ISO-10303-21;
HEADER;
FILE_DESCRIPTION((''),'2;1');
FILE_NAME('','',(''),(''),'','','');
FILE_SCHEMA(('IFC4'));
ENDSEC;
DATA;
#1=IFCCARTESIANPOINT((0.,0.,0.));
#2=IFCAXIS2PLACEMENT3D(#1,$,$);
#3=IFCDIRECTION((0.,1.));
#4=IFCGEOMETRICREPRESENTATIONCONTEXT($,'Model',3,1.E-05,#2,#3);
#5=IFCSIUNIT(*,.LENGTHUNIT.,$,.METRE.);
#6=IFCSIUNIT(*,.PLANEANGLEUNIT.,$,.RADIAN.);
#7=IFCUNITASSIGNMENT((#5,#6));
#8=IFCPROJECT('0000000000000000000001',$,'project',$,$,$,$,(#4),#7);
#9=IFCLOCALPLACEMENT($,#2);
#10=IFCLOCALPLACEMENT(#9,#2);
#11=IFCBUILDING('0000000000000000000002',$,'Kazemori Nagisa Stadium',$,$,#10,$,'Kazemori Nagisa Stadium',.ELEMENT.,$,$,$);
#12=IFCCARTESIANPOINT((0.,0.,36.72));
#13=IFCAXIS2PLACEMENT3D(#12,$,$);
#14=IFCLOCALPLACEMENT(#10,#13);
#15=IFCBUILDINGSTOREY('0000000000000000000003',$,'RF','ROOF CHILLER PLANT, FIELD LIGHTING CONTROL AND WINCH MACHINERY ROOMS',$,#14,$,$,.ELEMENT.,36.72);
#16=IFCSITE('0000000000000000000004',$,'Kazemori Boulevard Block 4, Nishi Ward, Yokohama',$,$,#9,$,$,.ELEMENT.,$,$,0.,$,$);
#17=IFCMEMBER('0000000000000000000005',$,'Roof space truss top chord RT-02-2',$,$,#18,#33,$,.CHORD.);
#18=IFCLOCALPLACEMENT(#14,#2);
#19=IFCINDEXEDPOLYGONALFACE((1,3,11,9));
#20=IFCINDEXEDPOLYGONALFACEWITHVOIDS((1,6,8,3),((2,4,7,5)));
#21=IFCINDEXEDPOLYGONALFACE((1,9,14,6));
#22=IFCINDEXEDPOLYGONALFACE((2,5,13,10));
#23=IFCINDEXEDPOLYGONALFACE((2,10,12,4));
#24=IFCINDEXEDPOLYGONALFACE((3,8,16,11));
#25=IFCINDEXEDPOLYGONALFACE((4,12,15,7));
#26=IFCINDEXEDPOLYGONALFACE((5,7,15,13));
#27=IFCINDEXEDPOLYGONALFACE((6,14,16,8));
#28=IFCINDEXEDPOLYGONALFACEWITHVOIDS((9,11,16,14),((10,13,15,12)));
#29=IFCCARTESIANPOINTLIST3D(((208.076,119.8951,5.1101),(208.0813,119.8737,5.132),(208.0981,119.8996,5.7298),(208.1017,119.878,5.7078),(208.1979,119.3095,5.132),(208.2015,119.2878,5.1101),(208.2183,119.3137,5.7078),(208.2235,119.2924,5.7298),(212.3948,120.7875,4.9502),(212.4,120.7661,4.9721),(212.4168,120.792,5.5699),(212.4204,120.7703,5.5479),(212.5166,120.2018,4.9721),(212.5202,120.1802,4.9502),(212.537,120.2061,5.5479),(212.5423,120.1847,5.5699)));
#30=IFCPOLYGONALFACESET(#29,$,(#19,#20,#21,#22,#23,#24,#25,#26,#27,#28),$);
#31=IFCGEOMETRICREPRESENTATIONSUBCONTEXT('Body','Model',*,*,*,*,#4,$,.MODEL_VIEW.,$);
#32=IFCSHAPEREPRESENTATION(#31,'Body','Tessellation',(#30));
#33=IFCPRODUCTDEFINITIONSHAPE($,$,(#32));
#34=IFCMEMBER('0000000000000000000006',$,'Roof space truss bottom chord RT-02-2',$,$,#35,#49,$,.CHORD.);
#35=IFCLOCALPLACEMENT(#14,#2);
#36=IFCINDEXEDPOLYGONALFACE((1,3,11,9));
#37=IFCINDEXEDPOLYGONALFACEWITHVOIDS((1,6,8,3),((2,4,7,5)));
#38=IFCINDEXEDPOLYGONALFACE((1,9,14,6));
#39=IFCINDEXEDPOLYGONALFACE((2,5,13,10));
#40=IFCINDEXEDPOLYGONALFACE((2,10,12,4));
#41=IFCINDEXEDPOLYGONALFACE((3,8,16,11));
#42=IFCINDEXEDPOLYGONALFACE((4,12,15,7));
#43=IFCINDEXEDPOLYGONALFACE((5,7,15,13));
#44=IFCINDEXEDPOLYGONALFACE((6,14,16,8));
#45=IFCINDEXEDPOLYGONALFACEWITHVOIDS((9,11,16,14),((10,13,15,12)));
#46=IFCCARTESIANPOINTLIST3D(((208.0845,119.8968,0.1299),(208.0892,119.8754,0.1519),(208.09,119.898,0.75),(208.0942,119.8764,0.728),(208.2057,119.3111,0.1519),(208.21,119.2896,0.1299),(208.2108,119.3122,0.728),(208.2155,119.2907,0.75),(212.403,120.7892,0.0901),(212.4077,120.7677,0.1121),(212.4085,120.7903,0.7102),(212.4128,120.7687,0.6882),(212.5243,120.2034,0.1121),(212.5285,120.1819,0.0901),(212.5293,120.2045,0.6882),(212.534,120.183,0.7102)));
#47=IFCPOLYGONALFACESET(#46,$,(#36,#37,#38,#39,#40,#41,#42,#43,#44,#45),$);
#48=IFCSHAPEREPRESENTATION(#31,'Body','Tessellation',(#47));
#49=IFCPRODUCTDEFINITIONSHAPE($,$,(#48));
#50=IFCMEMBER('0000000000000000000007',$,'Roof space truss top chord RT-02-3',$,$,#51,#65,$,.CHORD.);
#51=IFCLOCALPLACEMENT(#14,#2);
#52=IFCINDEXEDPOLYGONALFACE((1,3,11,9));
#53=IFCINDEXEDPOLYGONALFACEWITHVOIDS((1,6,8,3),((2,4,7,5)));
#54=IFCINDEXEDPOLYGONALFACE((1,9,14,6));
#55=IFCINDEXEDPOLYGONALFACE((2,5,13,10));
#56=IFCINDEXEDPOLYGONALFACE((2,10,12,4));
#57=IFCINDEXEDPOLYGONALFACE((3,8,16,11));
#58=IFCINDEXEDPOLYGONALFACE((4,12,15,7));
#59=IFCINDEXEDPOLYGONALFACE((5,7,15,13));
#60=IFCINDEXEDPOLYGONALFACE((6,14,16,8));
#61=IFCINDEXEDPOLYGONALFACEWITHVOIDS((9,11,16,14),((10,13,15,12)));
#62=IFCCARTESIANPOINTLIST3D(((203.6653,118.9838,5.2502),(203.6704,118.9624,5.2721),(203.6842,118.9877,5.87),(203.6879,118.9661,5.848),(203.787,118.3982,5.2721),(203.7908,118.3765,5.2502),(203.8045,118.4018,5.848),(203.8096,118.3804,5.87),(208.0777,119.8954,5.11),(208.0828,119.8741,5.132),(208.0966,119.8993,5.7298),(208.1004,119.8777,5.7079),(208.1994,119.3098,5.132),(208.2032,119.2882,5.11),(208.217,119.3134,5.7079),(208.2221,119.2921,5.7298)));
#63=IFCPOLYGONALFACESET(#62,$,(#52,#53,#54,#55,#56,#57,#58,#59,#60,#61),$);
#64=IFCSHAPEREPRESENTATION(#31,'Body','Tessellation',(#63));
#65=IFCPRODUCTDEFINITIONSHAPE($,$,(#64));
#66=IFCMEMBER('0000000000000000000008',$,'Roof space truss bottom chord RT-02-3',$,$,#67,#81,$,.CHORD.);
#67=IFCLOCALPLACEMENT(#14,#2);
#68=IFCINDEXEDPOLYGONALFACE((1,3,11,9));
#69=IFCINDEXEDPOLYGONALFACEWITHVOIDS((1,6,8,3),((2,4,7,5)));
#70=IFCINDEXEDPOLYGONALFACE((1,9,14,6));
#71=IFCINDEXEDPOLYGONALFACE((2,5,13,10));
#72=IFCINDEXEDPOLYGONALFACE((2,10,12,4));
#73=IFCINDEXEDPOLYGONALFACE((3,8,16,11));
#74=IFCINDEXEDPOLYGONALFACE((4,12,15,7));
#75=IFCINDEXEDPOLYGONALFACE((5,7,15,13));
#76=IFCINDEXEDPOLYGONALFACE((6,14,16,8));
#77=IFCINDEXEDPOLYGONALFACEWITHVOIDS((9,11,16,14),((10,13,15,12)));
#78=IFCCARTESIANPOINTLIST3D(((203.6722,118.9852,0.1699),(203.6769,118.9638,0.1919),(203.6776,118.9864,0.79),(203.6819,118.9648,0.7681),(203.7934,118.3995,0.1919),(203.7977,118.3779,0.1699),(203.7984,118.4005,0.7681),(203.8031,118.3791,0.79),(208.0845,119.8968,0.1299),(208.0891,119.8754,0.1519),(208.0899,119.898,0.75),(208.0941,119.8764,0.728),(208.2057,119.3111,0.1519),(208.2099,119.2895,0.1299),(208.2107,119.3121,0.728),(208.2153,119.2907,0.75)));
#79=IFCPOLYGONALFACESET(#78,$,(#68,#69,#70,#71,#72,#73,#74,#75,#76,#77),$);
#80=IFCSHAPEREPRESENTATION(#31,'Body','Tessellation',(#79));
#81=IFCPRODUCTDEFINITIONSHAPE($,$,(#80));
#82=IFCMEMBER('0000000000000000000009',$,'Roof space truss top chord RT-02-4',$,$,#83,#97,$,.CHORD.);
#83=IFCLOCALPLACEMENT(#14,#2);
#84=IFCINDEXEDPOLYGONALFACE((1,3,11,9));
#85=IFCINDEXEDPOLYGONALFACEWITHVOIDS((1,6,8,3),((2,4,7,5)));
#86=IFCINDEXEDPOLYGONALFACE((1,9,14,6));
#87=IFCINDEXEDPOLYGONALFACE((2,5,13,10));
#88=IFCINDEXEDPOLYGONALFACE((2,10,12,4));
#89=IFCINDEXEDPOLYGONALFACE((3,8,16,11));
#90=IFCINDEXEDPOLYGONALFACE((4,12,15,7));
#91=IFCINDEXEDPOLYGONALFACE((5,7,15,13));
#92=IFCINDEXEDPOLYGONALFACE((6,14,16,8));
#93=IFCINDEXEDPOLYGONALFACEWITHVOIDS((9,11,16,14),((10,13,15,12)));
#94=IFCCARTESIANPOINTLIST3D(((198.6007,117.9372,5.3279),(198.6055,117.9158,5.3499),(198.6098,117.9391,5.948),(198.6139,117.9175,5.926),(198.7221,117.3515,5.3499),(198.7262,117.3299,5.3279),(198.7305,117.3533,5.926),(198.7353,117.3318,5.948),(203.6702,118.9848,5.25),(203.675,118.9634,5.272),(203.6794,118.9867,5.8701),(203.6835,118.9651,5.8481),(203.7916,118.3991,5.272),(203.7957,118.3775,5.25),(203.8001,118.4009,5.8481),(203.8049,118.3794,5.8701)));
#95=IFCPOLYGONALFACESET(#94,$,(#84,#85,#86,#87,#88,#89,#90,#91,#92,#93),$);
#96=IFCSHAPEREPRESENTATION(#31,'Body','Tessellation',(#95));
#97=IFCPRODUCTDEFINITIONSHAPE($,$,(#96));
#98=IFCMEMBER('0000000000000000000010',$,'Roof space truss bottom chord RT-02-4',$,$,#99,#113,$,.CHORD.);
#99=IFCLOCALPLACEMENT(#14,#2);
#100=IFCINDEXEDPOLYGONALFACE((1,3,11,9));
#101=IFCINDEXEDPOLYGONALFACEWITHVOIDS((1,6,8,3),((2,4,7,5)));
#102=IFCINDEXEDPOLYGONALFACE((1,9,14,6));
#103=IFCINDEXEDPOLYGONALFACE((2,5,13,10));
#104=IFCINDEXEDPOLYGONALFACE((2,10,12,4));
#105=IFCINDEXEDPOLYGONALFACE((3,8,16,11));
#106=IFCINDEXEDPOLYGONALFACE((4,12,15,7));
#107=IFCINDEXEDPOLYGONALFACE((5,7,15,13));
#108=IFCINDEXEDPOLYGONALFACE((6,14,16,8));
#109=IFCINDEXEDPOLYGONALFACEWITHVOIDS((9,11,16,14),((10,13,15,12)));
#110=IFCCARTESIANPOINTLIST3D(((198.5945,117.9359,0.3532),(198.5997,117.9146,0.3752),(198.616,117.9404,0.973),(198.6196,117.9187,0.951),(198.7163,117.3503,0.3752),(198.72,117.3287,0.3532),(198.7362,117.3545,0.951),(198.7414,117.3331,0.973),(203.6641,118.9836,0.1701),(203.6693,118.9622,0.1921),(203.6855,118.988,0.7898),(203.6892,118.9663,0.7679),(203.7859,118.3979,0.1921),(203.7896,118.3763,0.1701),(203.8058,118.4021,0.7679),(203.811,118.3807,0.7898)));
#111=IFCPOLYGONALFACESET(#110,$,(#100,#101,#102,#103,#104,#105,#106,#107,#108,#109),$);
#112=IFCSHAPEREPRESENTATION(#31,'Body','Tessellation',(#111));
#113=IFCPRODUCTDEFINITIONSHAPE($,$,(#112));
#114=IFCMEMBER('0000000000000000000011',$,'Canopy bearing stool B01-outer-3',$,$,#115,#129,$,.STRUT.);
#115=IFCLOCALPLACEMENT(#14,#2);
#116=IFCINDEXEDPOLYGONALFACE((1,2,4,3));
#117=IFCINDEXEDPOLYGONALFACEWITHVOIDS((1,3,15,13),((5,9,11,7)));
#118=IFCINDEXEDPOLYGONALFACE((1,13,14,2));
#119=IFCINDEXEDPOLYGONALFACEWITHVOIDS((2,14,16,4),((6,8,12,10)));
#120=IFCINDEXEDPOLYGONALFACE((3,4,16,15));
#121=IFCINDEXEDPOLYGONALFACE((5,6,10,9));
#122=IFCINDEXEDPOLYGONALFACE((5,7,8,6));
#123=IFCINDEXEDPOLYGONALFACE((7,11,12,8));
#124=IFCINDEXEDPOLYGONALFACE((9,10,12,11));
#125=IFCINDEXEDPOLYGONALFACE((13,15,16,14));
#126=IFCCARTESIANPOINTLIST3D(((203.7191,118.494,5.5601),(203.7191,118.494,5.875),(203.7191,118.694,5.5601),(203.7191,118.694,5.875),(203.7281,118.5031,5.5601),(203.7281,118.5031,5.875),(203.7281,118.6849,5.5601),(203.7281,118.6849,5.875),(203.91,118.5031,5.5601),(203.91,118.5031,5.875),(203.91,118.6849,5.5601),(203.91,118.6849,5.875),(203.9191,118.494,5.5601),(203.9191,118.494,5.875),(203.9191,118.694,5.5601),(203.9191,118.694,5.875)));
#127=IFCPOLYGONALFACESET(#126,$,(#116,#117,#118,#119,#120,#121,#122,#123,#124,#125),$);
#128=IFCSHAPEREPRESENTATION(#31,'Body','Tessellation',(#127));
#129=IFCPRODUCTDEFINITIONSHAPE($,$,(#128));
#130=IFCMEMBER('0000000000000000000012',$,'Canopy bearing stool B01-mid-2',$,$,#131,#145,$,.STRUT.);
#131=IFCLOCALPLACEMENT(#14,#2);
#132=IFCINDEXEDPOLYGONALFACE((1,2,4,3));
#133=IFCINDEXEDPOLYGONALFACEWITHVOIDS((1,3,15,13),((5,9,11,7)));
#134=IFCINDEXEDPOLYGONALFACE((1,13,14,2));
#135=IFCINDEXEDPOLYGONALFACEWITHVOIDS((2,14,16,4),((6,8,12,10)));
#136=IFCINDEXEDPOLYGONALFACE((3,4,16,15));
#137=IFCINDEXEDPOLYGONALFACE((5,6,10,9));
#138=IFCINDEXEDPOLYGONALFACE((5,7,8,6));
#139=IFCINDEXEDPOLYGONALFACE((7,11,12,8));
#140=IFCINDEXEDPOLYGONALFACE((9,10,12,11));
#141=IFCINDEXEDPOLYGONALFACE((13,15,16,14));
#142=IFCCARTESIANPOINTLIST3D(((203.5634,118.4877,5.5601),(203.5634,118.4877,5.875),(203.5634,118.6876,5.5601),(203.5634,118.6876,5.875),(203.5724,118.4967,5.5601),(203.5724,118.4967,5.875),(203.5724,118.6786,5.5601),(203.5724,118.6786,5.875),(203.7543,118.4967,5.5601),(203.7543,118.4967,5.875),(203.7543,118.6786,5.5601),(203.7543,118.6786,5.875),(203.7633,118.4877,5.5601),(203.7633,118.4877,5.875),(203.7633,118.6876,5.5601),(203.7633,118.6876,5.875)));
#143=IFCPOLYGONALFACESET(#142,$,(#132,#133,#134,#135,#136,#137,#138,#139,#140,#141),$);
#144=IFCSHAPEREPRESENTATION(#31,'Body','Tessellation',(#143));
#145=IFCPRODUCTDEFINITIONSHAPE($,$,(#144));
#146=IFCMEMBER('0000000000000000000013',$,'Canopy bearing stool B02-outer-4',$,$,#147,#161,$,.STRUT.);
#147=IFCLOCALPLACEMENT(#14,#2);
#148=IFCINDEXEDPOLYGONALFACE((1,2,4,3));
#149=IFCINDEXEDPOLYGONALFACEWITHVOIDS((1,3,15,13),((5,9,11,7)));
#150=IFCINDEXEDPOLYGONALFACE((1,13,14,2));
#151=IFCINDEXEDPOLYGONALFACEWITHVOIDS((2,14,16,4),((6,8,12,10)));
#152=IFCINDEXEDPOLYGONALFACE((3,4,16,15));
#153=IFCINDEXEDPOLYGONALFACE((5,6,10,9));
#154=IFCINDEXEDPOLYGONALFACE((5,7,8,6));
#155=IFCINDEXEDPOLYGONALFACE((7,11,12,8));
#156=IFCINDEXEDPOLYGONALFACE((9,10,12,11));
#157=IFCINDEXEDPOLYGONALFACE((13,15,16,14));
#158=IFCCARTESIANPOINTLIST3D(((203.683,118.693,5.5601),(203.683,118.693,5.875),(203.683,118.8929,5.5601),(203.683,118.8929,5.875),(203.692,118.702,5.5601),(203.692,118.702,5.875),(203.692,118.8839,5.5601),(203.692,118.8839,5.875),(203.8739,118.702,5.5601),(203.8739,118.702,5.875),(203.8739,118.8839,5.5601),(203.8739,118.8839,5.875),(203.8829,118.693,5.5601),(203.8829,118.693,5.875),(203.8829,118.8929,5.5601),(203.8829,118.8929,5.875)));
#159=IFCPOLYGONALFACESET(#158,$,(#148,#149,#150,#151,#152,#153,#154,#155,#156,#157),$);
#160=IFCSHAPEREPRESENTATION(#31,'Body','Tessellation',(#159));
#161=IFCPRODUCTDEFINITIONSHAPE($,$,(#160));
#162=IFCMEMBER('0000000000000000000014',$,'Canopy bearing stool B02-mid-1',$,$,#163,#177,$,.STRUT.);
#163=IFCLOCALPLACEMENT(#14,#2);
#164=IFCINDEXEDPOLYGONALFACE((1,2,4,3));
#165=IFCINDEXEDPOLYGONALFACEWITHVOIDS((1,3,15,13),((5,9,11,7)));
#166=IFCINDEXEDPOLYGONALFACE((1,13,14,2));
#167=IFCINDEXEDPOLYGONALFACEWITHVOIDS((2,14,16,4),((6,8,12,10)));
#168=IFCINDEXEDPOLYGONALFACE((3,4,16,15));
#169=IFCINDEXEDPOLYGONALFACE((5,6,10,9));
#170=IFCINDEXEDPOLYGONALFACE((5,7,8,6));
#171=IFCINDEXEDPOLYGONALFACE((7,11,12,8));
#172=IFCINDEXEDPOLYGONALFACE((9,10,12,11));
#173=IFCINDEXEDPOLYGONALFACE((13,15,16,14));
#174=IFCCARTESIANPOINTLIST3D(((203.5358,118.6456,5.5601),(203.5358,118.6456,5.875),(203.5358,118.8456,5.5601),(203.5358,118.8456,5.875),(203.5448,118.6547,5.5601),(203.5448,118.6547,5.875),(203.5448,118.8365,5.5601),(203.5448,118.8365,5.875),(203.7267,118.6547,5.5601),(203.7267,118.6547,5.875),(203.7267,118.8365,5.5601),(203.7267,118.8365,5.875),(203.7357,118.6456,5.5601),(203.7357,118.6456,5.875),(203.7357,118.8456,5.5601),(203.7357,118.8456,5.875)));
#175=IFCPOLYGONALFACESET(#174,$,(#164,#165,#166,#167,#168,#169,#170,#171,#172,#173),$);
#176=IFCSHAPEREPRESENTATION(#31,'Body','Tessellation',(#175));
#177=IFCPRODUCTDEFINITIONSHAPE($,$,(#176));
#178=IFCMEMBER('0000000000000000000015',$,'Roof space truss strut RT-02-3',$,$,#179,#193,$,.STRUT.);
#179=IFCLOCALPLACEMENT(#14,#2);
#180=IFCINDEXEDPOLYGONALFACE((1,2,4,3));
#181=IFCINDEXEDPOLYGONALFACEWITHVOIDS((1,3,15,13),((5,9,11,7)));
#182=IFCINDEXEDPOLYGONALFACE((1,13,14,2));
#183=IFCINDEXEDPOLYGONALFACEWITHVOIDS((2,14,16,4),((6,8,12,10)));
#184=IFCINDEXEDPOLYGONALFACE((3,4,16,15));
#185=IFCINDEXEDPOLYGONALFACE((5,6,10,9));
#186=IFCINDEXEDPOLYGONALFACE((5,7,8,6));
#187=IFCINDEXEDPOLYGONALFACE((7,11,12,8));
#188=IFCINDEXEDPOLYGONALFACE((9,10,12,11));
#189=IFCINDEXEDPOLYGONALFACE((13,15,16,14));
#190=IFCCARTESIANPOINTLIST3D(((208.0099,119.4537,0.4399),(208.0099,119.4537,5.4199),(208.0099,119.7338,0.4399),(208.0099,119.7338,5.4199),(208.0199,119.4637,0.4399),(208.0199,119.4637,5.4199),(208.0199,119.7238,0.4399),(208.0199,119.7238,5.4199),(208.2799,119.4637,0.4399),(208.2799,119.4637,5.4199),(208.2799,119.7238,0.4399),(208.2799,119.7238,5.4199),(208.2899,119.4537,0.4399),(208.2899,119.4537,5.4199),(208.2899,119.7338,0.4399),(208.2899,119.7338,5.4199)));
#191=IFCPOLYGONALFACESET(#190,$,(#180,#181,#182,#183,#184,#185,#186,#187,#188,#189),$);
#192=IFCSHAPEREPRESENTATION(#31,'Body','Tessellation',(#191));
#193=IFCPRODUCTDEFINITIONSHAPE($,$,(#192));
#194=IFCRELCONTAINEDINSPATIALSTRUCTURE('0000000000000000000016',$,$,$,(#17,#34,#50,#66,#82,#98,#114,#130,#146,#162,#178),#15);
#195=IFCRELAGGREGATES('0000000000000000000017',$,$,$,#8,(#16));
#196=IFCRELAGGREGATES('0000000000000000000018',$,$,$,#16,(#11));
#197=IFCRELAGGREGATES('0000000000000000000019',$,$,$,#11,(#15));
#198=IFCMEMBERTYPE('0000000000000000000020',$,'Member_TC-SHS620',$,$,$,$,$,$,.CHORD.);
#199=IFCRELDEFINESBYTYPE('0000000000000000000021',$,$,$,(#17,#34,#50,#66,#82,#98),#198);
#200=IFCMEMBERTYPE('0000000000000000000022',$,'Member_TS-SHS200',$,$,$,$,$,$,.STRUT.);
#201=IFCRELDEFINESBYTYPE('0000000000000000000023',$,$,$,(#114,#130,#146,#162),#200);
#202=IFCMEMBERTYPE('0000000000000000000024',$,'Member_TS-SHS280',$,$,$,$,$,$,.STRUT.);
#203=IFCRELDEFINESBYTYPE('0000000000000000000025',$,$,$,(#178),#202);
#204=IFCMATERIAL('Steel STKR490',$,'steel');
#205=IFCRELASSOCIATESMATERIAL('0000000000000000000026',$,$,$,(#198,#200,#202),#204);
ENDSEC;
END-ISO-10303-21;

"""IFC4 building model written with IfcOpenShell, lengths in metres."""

from ifc_helpers import new_model, si_unit, direction, frame, origin, origin_2d, place, context, subcontext, project, spatial, hollow_rectangle, extrude, material, material_profile, profile_set, type_object, element, save


model = new_model("IFC4")

# Units and contexts
model_context = context("Model", 3, precision=1e-05, world=origin(), true_north=direction((0.0, 1.0)))
body_context = subcontext(model_context, "Body", "Model", "MODEL_VIEW")
ifc_project = project(units=[si_unit("LENGTHUNIT", "METRE"), si_unit("PLANEANGLEUNIT", "RADIAN")], contexts=[model_context])

# Site, building, storey
site_placement = place(None, origin())
site = spatial("IfcSite", under=ifc_project, at=site_placement, Name="Kazemori Boulevard Block 4, Nishi Ward, Yokohama", CompositionType="ELEMENT", RefElevation=0.0)
building_placement = place(site_placement, origin())
building = spatial("IfcBuilding", under=site, at=building_placement, Name="Kazemori Nagisa Stadium", LongName="Kazemori Nagisa Stadium", CompositionType="ELEMENT")
storey_placement = place(building_placement, frame((0.0, 0.0, 36.72)))
storey = spatial("IfcBuildingStorey", under=building, at=storey_placement, Name="RF", Description="ROOF CHILLER PLANT, FIELD LIGHTING CONTROL AND WINCH MACHINERY ROOMS", CompositionType="ELEMENT", Elevation=36.72)

# Members
ifc_material_1 = material(Name="Steel STKR490", Category="steel")
ifc_material_profile_1 = material_profile(ifc_material_1, hollow_rectangle(XDim=0.6201, YDim=0.6201, WallThickness=0.022, at=origin_2d()), Name="SHS-620x620x22")
ifc_profile_set_1 = profile_set([ifc_material_profile_1], Name="Steel STKR490")
member_type_1 = type_object("IfcMemberType", Name="Member_TC-SHS620", PredefinedType="CHORD", material=ifc_profile_set_1)
member_1_placement = place(storey_placement, frame((212.4685, 120.4861, 5.26), z_axis=(-0.97867, -0.202218, 0.036239), x_axis=(0.202351, -0.979313, 0.0)))
element("IfcMember", 1, at=member_1_placement, inside=storey, type_object=member_type_1, Name="Roof space truss top chord RT-02-2", PredefinedType="CHORD", context=body_context, shape_type="SweptSolid", body=[
    extrude(hollow_rectangle(XDim=0.6201, YDim=0.6201, WallThickness=0.022, at=origin_2d()), origin(), (0.0, 0.0, 1.0), 4.4128),
])
member_2_placement = place(storey_placement, frame((212.4685, 120.4861, 0.4001), z_axis=(-0.979273, -0.202343, 0.009024), x_axis=(0.202351, -0.979313, 0.0)))
element("IfcMember", 2, at=member_2_placement, inside=storey, type_object=member_type_1, Name="Roof space truss bottom chord RT-02-2", PredefinedType="CHORD", context=body_context, shape_type="SweptSolid", body=[
    extrude(hollow_rectangle(XDim=0.6201, YDim=0.6201, WallThickness=0.022, at=origin_2d()), origin(), (0.0, 0.0, 1.0), 4.4099),
])
member_3_placement = place(storey_placement, frame((208.1499, 119.5938, 5.4199), z_axis=(-0.978843, -0.202235, 0.031088), x_axis=(0.202333, -0.979317, 0.0)))
element("IfcMember", 3, at=member_3_placement, inside=storey, type_object=member_type_1, Name="Roof space truss top chord RT-02-3", PredefinedType="CHORD", context=body_context, shape_type="SweptSolid", body=[
    extrude(hollow_rectangle(XDim=0.6201, YDim=0.6201, WallThickness=0.022, at=origin_2d()), origin(), (0.0, 0.0, 1.0), 4.5078),
])
member_4_placement = place(storey_placement, frame((208.1499, 119.5938, 0.4399), z_axis=(-0.979278, -0.202325, 0.008886), x_axis=(0.202333, -0.979317, 0.0)))
element("IfcMember", 4, at=member_4_placement, inside=storey, type_object=member_type_1, Name="Roof space truss bottom chord RT-02-3", PredefinedType="CHORD", context=body_context, shape_type="SweptSolid", body=[
    extrude(hollow_rectangle(XDim=0.6201, YDim=0.6201, WallThickness=0.022, at=origin_2d()), origin(), (0.0, 0.0, 1.0), 4.5056),
])
member_5_placement = place(storey_placement, frame((203.7375, 118.6821, 5.5601), z_axis=(-0.979198, -0.202347, 0.015043), x_axis=(0.20237, -0.979309, 0.0)))
element("IfcMember", 5, at=member_5_placement, inside=storey, type_object=member_type_1, Name="Roof space truss top chord RT-02-4", PredefinedType="CHORD", context=body_context, shape_type="SweptSolid", body=[
    extrude(hollow_rectangle(XDim=0.6201, YDim=0.6201, WallThickness=0.022, at=origin_2d()), origin(), (0.0, 0.0, 1.0), 5.1772),
])
member_6_placement = place(storey_placement, frame((203.7375, 118.6821, 0.48), z_axis=(-0.978697, -0.202244, 0.035349), x_axis=(0.20237, -0.979309, 0.0)))
element("IfcMember", 6, at=member_6_placement, inside=storey, type_object=member_type_1, Name="Roof space truss bottom chord RT-02-4", PredefinedType="CHORD", context=body_context, shape_type="SweptSolid", body=[
    extrude(hollow_rectangle(XDim=0.6201, YDim=0.6201, WallThickness=0.022, at=origin_2d()), origin(), (0.0, 0.0, 1.0), 5.1799),
])
ifc_material_profile_2 = material_profile(ifc_material_1, hollow_rectangle(XDim=0.2, YDim=0.2, WallThickness=0.009, at=origin_2d()), Name="SHS-200x200x9")
ifc_profile_set_2 = profile_set([ifc_material_profile_2], Name="Steel STKR490")
member_type_2 = type_object("IfcMemberType", Name="Member_TS-SHS200", PredefinedType="STRUT", material=ifc_profile_set_2)
for number, where, z_axis, x_axis, name in (
    (7, (203.8191, 118.594, 5.5601), (0.0, 0.0, 1.0), (1.0, 0.0, 0.0), "Canopy bearing stool B01-outer-3"),
    (8, (203.6633, 118.5876, 5.5601), (0.0, 0.0, 1.0), (1.0, 0.0, 0.0), "Canopy bearing stool B01-mid-2"),
    (9, (203.783, 118.793, 5.5601), (0.0, 0.0, 1.0), (1.0, 0.0, 0.0), "Canopy bearing stool B02-outer-4"),
    (10, (203.6357, 118.7456, 5.5601), (0.0, 0.0, 1.0), (1.0, 0.0, 0.0), "Canopy bearing stool B02-mid-1"),
):
    element("IfcMember", number, at=place(storey_placement, frame(where, z_axis=z_axis, x_axis=x_axis)), inside=storey, type_object=member_type_2, Name=name, PredefinedType="STRUT", context=body_context, shape_type="SweptSolid", body=[
        extrude(hollow_rectangle(XDim=0.2, YDim=0.2, WallThickness=0.009, at=origin_2d()), origin(), (0.0, 0.0, 1.0), 0.3149),
    ])
ifc_material_profile_3 = material_profile(ifc_material_1, hollow_rectangle(XDim=0.28, YDim=0.28, WallThickness=0.01, at=origin_2d()), Name="SHS-280x280x10")
ifc_profile_set_3 = profile_set([ifc_material_profile_3], Name="Steel STKR490")
member_type_3 = type_object("IfcMemberType", Name="Member_TS-SHS280", PredefinedType="STRUT", material=ifc_profile_set_3)
member_7_placement = place(storey_placement, frame((208.1499, 119.5938, 0.4399), z_axis=(0.0, 0.0, 1.0), x_axis=(1.0, 0.0, 0.0)))
element("IfcMember", 11, at=member_7_placement, inside=storey, type_object=member_type_3, Name="Roof space truss strut RT-02-3", PredefinedType="STRUT", context=body_context, shape_type="SweptSolid", body=[
    extrude(hollow_rectangle(XDim=0.28, YDim=0.28, WallThickness=0.01, at=origin_2d()), origin(), (0.0, 0.0, 1.0), 4.98),
])

save(model, "model.ifc")
